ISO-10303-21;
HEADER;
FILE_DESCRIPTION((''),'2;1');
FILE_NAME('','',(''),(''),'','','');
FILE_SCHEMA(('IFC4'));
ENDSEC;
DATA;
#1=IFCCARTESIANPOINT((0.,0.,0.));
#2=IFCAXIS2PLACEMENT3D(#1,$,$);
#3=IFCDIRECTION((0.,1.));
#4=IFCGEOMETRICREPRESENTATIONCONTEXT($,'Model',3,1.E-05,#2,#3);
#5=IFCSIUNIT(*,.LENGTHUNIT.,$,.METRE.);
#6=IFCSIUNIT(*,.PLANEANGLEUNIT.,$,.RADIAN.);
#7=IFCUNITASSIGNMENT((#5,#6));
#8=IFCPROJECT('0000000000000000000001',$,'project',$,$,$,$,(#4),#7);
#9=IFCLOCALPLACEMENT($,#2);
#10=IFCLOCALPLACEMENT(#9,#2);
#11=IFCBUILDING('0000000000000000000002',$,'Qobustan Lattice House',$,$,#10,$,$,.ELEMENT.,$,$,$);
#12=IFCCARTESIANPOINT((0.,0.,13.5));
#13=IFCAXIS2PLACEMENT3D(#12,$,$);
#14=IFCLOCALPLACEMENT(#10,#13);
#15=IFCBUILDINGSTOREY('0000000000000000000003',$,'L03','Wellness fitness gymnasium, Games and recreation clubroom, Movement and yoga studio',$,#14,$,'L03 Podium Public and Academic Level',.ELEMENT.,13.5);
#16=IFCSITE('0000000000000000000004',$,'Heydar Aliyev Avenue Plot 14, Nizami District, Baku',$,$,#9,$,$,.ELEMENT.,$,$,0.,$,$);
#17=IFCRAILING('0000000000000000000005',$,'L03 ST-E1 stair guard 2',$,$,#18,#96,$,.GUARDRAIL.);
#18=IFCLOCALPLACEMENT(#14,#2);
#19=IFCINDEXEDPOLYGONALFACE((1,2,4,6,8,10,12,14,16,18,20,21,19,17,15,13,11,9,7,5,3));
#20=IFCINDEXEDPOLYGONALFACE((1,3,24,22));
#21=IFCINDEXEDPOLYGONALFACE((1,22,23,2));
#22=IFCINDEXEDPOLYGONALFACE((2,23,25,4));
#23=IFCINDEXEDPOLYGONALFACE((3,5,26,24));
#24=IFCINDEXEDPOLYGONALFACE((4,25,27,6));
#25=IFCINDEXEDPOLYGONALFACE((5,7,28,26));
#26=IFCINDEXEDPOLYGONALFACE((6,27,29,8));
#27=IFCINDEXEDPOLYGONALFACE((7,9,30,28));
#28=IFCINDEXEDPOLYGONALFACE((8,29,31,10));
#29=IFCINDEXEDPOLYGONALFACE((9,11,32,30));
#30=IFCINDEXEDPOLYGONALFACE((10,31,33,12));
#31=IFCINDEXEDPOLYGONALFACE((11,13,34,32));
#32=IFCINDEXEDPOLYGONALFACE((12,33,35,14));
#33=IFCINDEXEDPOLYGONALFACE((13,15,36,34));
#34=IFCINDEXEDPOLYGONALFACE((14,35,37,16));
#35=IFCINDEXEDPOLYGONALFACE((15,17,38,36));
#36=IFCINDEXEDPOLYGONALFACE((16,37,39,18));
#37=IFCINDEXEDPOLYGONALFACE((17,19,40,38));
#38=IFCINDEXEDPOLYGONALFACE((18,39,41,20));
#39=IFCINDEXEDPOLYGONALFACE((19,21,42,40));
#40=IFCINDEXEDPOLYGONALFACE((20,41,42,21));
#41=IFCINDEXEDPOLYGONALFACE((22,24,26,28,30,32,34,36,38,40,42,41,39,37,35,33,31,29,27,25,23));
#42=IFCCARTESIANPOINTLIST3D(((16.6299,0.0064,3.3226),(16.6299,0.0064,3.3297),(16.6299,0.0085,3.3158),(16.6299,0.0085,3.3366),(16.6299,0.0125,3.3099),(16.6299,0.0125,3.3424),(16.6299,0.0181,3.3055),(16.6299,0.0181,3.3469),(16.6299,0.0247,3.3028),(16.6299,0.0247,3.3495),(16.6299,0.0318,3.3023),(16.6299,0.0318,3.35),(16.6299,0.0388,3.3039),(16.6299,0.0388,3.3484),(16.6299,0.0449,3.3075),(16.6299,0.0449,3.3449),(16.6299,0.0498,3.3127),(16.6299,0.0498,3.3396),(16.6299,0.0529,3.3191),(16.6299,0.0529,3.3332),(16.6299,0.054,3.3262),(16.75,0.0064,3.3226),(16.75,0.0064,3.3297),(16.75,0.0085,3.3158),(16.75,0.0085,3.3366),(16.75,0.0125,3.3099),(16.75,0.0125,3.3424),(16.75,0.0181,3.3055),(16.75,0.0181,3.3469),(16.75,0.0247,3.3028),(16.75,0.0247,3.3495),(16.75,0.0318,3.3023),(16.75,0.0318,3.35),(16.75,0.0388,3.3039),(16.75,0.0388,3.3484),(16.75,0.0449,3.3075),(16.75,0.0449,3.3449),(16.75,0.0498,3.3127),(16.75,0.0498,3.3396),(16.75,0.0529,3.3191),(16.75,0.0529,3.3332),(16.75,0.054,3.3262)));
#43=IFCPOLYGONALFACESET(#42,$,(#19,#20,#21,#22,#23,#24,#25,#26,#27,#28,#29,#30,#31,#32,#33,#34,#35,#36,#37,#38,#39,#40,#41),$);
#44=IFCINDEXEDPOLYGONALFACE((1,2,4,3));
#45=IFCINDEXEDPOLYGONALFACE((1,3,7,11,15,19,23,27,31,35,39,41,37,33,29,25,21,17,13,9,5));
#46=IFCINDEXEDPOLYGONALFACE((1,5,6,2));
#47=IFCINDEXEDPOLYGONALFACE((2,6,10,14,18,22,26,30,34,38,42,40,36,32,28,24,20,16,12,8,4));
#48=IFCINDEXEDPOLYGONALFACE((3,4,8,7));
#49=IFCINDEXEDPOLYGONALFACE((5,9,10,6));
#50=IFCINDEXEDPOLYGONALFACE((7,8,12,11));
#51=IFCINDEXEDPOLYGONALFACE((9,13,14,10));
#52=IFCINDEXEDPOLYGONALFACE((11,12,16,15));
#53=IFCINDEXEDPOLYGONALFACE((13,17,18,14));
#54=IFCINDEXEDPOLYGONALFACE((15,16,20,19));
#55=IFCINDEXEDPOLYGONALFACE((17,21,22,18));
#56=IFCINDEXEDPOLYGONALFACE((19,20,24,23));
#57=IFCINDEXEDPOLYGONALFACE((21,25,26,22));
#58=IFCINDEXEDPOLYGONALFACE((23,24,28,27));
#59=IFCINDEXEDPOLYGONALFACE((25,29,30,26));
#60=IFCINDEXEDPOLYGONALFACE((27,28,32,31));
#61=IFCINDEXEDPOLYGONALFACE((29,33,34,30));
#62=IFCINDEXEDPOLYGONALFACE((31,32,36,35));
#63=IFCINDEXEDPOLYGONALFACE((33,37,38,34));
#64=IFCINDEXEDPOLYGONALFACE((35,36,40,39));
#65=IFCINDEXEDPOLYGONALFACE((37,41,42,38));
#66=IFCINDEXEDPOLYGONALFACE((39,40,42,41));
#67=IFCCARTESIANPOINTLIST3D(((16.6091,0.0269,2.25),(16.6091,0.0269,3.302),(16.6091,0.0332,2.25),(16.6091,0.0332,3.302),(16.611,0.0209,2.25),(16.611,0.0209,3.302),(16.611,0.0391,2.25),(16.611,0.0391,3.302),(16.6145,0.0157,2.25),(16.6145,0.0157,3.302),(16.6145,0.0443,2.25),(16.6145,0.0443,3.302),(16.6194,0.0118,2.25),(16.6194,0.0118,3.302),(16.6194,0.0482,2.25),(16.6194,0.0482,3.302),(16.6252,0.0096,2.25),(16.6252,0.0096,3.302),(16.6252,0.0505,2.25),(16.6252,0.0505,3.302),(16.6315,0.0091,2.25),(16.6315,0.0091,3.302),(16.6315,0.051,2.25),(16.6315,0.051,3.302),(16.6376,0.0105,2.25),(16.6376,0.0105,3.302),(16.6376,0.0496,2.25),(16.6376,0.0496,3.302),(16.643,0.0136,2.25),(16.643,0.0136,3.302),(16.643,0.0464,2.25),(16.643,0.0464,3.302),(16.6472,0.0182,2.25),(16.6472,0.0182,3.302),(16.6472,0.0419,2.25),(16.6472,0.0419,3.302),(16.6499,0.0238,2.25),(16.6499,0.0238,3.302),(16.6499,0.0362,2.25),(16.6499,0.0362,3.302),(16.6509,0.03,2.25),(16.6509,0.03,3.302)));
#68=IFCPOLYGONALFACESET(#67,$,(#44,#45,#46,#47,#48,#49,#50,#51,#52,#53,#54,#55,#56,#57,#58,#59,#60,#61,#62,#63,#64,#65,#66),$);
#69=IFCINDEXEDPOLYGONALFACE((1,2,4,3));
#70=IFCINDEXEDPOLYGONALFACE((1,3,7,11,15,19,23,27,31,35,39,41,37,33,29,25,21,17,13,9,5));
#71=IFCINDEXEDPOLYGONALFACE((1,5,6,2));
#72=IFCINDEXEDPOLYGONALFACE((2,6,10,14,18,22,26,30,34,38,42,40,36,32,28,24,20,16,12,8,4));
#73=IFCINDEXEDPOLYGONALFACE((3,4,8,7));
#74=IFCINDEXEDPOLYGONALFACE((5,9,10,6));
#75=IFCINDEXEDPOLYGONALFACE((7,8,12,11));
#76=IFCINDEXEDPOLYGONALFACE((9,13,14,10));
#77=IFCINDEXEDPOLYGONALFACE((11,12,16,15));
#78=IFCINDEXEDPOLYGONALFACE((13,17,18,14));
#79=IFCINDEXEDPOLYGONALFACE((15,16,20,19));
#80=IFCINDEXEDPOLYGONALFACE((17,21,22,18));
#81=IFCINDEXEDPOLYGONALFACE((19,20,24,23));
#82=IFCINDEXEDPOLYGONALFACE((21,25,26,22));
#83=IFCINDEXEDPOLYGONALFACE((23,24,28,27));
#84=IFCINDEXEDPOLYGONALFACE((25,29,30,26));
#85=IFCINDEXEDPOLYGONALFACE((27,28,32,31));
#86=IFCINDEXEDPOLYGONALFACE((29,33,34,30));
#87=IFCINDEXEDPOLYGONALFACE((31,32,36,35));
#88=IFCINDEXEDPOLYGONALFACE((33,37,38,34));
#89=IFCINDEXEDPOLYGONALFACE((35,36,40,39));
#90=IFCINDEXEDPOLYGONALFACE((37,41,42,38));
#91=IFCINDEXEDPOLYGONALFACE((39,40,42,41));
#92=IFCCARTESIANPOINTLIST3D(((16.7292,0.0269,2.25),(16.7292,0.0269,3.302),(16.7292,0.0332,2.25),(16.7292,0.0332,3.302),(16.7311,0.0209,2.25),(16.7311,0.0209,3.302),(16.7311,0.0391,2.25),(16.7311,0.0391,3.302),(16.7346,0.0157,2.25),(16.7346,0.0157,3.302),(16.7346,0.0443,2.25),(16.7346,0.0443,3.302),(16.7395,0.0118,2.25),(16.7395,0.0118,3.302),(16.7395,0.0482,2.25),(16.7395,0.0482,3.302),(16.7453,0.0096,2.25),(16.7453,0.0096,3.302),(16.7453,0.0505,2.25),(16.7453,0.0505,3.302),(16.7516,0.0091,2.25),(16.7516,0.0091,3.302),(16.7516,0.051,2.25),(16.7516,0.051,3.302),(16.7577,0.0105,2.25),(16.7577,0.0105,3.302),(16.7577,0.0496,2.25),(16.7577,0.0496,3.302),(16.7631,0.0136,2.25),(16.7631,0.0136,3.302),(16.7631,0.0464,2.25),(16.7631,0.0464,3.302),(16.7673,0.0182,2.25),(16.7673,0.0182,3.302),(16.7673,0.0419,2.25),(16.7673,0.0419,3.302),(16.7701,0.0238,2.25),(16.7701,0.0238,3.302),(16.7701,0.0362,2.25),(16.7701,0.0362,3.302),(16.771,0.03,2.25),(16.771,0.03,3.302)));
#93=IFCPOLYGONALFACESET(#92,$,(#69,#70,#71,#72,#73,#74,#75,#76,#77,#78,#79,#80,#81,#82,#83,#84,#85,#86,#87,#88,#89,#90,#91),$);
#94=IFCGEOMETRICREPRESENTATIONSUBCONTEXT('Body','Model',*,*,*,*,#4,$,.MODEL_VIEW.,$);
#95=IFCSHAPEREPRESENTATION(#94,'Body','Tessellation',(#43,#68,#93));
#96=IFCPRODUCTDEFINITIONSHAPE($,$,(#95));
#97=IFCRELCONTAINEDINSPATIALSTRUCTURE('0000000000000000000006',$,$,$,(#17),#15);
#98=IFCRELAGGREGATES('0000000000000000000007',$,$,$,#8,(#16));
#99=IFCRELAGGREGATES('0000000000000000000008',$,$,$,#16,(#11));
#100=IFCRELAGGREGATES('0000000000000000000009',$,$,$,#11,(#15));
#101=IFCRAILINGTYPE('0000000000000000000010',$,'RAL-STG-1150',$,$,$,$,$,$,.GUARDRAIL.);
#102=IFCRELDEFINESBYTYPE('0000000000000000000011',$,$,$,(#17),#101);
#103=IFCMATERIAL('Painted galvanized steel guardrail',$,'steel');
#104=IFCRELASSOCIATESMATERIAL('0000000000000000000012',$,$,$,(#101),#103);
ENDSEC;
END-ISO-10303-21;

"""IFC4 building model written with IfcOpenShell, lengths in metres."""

from ifc_helpers import new_model, si_unit, direction, frame, origin, origin_2d, place, context, subcontext, project, spatial, circle, extrude, material, type_object, element, save


model = new_model("IFC4")

# Units and contexts
model_context = context("Model", 3, precision=1e-05, world=origin(), true_north=direction((0.0, 1.0)))
body_context = subcontext(model_context, "Body", "Model", "MODEL_VIEW")
ifc_project = project(units=[si_unit("LENGTHUNIT", "METRE"), si_unit("PLANEANGLEUNIT", "RADIAN")], contexts=[model_context])

# Site, building, storey
site_placement = place(None, origin())
site = spatial("IfcSite", under=ifc_project, at=site_placement, Name="Heydar Aliyev Avenue Plot 14, Nizami District, Baku", CompositionType="ELEMENT", RefElevation=0.0)
building_placement = place(site_placement, origin())
building = spatial("IfcBuilding", under=site, at=building_placement, Name="Qobustan Lattice House", CompositionType="ELEMENT")
storey_placement = place(building_placement, frame((0.0, 0.0, 13.5)))
storey = spatial("IfcBuildingStorey", under=building, at=storey_placement, Name="L03", Description="Wellness fitness gymnasium, Games and recreation clubroom, Movement and yoga studio", LongName="L03 Podium Public and Academic Level", CompositionType="ELEMENT", Elevation=13.5)

# Railing
ifc_material_1 = material(Name="Painted galvanized steel guardrail", Category="steel")
railing_type_1 = type_object("IfcRailingType", Name="RAL-STG-1150", PredefinedType="GUARDRAIL", material=ifc_material_1)
railing_1_placement = place(storey_placement, frame((16.6299, 0.03, 2.25)))
element("IfcRailing", 1, at=railing_1_placement, inside=storey, type_object=railing_type_1, Name="L03 ST-E1 stair guard 2", PredefinedType="GUARDRAIL", context=body_context, shape_type="SweptSolid", body=[
    extrude(circle(Radius=0.0239, at=origin_2d()), frame((0.0, 0.0, 1.0762), z_axis=(1.0, 0.0, 0.0), x_axis=(0.0, 1.0, 0.0)), (0.0, 0.0, 1.0), 0.1201),
    extrude(circle(Radius=0.021, at=origin_2d()), origin(), (0.0, 0.0, 1.0), 1.052),
    extrude(circle(Radius=0.021, at=origin_2d()), frame((0.1201, 0.0, 0.0)), (0.0, 0.0, 1.0), 1.052),
])

save(model, "model.ifc")
